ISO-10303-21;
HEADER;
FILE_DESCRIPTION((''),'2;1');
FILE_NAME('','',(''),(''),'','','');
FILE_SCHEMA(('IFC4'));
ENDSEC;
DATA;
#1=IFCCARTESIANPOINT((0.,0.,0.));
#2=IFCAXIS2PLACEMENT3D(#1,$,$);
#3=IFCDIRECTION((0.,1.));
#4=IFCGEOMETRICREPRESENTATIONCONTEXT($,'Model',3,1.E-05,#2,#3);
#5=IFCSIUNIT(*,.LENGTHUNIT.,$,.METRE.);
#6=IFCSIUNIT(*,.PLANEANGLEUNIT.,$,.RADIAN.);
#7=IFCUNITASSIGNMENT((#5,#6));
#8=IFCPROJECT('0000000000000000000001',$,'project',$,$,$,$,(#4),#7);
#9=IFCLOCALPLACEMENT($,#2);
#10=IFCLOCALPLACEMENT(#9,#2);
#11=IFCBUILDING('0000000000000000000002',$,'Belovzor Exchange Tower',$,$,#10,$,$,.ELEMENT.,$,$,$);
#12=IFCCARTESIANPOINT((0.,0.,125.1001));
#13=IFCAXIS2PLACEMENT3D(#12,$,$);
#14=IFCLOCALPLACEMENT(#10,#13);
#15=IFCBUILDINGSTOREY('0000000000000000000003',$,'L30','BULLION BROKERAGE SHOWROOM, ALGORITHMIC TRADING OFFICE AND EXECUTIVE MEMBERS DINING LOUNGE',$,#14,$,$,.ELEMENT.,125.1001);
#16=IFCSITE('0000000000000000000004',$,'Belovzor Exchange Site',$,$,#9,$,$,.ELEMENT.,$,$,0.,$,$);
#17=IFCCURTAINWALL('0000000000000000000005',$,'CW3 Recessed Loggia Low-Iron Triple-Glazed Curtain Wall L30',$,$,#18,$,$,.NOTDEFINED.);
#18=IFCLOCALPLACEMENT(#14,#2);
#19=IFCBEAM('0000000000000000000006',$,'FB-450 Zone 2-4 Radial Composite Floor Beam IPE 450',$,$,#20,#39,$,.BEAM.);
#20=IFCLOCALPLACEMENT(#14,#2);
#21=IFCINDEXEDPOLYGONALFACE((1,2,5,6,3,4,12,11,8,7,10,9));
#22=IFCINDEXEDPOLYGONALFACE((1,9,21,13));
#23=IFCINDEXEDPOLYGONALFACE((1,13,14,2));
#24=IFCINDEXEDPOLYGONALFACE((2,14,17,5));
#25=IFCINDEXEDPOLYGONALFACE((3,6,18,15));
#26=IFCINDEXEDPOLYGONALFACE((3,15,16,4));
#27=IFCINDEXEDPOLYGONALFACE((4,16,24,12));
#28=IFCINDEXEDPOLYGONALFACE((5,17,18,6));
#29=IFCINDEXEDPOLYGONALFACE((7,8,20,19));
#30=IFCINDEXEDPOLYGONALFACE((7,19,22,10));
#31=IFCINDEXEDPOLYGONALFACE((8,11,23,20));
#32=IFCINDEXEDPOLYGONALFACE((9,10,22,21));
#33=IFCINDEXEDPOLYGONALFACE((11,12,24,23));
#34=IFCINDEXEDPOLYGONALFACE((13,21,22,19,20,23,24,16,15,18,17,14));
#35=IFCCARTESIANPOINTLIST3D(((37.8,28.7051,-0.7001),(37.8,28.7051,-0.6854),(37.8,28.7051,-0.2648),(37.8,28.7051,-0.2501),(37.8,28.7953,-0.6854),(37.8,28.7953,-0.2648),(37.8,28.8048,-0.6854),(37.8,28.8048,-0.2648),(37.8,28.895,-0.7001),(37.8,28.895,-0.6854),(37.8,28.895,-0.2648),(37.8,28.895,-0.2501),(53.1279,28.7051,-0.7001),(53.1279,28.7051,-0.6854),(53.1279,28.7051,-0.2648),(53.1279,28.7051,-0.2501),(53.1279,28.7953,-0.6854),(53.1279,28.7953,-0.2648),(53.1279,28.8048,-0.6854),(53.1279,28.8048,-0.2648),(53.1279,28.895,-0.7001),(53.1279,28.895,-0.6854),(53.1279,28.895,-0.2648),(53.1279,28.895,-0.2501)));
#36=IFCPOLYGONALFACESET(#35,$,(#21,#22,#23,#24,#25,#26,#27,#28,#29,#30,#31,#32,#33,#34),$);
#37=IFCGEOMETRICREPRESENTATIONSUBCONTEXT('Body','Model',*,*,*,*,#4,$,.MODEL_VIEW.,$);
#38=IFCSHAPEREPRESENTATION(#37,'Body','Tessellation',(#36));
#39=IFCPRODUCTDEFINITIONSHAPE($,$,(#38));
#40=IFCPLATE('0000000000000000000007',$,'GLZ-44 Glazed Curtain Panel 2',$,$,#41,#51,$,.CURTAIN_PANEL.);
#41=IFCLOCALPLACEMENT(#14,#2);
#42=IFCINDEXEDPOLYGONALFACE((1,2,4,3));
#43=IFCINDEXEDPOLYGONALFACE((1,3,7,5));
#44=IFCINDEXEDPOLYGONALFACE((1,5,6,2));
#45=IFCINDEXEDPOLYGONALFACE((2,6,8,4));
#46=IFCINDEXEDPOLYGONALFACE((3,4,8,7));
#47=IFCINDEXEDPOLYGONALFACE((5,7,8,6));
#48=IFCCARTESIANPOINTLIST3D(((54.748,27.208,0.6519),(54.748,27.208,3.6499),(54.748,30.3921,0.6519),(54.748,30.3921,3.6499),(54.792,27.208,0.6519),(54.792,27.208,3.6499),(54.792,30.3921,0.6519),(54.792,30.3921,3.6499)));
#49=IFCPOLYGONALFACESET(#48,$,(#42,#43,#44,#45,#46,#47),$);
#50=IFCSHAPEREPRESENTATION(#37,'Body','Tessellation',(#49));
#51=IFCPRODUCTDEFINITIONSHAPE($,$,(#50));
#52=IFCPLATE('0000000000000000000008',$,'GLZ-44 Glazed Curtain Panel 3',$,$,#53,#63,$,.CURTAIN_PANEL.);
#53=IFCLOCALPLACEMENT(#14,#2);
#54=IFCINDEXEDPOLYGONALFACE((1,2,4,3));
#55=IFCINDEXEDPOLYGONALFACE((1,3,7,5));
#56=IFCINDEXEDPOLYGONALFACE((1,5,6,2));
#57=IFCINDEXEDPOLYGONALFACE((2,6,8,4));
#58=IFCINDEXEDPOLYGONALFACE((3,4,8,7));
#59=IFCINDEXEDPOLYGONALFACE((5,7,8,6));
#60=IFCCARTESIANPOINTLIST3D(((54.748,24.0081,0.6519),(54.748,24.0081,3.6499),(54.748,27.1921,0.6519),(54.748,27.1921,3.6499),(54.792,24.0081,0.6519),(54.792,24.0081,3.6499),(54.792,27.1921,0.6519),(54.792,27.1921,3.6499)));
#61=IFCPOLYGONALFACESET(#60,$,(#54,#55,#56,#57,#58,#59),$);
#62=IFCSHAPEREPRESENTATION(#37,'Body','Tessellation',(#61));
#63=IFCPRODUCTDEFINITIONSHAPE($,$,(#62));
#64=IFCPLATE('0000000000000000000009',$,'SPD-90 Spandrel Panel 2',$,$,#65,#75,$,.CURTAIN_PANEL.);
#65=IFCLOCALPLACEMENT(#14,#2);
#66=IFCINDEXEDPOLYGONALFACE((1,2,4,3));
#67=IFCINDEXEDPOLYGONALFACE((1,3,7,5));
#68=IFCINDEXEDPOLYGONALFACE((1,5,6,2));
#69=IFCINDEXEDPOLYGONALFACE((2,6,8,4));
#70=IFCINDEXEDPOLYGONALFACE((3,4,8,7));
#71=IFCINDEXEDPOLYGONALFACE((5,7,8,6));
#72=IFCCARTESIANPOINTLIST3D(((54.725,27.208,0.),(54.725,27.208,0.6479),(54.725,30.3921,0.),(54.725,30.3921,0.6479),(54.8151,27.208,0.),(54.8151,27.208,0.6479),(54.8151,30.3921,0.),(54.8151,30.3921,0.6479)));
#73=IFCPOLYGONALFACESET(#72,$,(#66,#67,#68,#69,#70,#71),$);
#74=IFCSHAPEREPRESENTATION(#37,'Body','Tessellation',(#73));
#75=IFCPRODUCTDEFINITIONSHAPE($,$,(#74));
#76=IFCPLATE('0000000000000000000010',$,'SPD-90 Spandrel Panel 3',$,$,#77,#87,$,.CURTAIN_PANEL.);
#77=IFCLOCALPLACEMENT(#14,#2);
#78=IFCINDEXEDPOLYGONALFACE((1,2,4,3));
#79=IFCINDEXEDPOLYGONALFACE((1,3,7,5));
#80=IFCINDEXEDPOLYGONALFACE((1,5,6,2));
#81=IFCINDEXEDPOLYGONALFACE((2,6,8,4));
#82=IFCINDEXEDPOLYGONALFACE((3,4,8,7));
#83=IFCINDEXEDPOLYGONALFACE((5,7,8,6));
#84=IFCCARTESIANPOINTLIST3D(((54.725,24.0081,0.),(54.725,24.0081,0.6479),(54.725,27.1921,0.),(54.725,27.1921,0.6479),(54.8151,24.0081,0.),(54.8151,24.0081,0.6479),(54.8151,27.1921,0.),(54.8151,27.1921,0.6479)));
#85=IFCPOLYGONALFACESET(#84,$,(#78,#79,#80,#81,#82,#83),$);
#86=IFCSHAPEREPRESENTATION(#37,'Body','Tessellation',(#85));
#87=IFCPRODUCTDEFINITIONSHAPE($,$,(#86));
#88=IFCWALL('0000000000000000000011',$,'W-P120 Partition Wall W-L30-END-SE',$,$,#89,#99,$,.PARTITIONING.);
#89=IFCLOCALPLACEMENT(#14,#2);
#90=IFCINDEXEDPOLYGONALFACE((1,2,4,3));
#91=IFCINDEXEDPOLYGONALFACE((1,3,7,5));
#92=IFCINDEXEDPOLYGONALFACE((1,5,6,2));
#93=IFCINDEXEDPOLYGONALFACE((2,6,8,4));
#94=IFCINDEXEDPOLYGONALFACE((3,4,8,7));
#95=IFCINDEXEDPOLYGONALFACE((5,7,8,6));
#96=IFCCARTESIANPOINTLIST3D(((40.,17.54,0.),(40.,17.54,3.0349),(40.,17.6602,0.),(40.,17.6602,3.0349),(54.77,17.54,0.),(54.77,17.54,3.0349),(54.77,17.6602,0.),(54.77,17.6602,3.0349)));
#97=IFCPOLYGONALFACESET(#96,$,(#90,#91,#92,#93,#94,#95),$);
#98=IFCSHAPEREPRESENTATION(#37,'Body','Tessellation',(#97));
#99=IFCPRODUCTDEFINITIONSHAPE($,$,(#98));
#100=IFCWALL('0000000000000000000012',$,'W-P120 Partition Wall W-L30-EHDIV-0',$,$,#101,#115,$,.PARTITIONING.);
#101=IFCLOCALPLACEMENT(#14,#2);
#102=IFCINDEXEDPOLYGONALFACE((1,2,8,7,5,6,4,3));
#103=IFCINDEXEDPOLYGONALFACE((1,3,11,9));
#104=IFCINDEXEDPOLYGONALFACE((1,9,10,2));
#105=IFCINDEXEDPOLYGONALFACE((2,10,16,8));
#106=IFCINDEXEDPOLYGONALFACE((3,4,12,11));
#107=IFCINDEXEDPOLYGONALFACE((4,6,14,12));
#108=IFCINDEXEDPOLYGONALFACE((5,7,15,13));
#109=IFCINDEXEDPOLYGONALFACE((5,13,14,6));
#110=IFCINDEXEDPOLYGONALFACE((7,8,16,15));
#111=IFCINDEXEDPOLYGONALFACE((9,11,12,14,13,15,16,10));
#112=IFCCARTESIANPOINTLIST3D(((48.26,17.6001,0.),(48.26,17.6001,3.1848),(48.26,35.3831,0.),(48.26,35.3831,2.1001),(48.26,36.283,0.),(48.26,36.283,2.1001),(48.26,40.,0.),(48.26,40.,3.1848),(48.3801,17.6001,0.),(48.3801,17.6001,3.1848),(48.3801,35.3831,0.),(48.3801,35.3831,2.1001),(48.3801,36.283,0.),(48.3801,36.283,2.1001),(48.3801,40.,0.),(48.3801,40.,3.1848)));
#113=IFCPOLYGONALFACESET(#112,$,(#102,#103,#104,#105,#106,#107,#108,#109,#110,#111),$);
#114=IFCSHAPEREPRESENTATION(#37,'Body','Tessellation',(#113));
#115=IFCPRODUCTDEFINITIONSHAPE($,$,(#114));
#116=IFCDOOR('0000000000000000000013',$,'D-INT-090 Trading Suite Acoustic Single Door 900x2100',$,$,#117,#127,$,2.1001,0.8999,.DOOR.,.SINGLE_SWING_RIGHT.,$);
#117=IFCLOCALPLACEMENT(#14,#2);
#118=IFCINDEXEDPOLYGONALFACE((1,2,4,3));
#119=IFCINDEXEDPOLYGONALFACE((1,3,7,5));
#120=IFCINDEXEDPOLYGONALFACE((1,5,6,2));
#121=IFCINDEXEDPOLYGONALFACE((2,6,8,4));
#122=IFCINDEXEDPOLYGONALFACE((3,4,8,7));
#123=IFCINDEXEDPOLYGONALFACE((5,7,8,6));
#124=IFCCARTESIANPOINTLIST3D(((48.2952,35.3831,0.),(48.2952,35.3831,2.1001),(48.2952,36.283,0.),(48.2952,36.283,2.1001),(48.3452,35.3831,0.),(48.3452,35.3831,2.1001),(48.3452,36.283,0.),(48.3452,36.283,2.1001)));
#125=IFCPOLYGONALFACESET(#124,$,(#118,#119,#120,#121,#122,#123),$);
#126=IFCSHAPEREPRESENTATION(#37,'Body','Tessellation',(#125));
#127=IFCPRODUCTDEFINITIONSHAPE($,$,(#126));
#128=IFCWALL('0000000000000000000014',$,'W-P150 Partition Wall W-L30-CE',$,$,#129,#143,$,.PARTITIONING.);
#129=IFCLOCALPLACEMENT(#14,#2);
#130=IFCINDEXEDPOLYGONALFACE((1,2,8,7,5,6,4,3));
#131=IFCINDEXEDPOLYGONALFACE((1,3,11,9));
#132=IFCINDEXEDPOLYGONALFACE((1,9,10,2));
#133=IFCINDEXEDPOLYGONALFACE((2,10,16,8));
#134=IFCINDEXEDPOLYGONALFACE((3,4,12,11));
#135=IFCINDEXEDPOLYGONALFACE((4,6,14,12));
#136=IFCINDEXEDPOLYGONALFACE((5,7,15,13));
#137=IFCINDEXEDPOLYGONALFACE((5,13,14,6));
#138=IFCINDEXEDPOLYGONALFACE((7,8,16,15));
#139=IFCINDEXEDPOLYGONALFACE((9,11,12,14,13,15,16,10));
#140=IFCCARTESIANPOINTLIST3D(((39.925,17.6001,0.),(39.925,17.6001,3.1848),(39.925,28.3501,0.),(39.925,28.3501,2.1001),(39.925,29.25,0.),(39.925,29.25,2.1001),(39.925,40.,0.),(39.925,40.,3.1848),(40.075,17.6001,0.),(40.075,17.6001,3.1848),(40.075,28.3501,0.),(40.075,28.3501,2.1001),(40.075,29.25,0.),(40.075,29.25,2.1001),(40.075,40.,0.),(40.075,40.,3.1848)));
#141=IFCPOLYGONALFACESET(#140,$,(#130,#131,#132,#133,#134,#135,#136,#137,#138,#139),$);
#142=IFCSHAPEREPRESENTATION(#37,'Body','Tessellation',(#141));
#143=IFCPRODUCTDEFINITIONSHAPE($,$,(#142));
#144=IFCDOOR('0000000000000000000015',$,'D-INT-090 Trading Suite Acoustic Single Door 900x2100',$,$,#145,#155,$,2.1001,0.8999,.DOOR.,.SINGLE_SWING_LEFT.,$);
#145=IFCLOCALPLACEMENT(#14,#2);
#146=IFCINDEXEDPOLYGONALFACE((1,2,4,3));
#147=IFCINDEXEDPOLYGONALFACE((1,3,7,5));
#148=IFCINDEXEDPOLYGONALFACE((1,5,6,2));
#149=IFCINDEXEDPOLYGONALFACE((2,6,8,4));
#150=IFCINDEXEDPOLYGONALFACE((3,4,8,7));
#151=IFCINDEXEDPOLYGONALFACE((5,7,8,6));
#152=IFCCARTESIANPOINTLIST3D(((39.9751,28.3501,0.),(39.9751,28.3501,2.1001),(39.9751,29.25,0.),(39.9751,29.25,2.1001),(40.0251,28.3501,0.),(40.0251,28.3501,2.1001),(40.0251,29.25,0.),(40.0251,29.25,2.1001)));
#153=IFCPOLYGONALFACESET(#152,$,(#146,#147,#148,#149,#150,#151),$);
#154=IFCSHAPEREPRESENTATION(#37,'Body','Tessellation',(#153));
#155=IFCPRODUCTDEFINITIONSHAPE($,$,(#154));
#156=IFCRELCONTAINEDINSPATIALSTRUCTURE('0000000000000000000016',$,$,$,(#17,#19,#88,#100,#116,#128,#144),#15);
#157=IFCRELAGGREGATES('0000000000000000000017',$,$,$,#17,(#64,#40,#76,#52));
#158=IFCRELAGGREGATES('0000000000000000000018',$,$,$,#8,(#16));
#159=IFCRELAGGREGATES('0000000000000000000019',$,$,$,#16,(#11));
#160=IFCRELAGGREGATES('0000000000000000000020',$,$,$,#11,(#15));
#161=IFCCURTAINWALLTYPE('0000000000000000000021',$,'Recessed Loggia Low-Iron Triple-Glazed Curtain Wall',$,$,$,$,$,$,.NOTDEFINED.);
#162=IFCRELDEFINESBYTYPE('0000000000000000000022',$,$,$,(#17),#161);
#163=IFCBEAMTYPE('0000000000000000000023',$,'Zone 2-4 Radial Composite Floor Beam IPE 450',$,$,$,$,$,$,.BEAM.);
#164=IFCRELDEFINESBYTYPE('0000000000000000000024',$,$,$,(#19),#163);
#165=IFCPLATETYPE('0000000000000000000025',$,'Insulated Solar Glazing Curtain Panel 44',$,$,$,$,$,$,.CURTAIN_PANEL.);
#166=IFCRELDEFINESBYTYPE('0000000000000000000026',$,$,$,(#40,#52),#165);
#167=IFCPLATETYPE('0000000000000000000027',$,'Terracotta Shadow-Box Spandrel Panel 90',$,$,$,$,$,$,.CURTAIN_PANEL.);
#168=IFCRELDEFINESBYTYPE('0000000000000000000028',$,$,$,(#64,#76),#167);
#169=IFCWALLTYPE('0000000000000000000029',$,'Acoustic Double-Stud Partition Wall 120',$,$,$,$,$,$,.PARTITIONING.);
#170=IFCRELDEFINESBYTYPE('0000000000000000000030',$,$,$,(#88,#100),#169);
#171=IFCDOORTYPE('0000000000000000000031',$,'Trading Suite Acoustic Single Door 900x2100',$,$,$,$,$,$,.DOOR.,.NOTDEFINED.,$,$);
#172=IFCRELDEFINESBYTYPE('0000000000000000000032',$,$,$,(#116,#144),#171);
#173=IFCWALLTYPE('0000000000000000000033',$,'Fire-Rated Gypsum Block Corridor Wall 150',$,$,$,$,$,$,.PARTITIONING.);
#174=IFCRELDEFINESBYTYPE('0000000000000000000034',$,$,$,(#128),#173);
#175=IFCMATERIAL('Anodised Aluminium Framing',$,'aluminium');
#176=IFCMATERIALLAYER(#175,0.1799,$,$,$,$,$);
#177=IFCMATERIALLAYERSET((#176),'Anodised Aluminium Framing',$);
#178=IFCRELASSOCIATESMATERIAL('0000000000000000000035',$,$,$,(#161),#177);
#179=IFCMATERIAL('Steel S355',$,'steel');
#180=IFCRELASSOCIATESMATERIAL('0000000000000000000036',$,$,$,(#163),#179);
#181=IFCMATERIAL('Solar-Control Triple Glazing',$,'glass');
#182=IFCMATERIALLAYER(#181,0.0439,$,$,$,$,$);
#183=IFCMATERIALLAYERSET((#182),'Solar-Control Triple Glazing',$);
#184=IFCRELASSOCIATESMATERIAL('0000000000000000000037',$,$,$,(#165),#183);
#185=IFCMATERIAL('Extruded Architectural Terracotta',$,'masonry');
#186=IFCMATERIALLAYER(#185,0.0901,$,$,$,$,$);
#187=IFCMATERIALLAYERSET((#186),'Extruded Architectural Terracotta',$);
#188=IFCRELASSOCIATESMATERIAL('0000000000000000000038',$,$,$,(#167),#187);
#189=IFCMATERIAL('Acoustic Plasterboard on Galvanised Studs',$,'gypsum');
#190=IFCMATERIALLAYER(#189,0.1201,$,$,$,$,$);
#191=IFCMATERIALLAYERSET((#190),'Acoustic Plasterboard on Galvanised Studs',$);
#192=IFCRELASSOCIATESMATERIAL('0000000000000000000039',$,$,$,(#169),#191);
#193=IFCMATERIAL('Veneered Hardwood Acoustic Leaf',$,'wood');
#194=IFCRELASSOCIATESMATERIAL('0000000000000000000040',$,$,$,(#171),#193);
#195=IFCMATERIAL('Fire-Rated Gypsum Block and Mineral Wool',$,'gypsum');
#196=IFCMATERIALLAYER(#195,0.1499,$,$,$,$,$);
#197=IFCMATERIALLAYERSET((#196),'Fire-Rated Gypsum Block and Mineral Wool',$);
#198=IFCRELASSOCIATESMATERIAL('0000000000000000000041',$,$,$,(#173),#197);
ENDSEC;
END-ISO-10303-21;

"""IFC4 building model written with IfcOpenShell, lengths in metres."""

from ifc_helpers import new_model, si_unit, direction, frame, frame_2d, origin, origin_2d, place, context, subcontext, project, spatial, rectangle, i_section, extrude, material, layer, layer_set, material_profile, profile_set, type_object, element, fill, aggregate, save


model = new_model("IFC4")

# Units and contexts
model_context = context("Model", 3, precision=1e-05, world=origin(), true_north=direction((0.0, 1.0)))
body_context = subcontext(model_context, "Body", "Model", "MODEL_VIEW")
ifc_project = project(units=[si_unit("LENGTHUNIT", "METRE"), si_unit("PLANEANGLEUNIT", "RADIAN")], contexts=[model_context])

# Site, building, storey
site_placement = place(None, origin())
site = spatial("IfcSite", under=ifc_project, at=site_placement, Name="Belovzor Exchange Site", CompositionType="ELEMENT", RefElevation=0.0)
building_placement = place(site_placement, origin())
building = spatial("IfcBuilding", under=site, at=building_placement, Name="Belovzor Exchange Tower", CompositionType="ELEMENT")
storey_placement = place(building_placement, frame((0.0, 0.0, 125.1001)))
storey = spatial("IfcBuildingStorey", under=building, at=storey_placement, Name="L30", Description="BULLION BROKERAGE SHOWROOM, ALGORITHMIC TRADING OFFICE AND EXECUTIVE MEMBERS DINING LOUNGE", CompositionType="ELEMENT", Elevation=125.1001)

# Curtain wall
ifc_material_1 = material(Name="Anodised Aluminium Framing", Category="aluminium")
ifc_layer_1 = layer(ifc_material_1, 0.1799)
ifc_layer_set_1 = layer_set([ifc_layer_1], Name="Anodised Aluminium Framing")
curtain_wall_type = type_object("IfcCurtainWallType", Name="Recessed Loggia Low-Iron Triple-Glazed Curtain Wall", PredefinedType="NOTDEFINED", material=ifc_layer_set_1)
curtain_wall_placement = place(storey_placement, origin())
curtain_wall = element("IfcCurtainWall", 1, at=curtain_wall_placement, inside=storey, type_object=curtain_wall_type, Name="CW3 Recessed Loggia Low-Iron Triple-Glazed Curtain Wall L30", PredefinedType="NOTDEFINED")

# Beam
ifc_material_2 = material(Name="Steel S355", Category="steel")
ifc_material_profile_1 = material_profile(ifc_material_2, i_section(OverallWidth=0.1899, OverallDepth=0.45, WebThickness=0.0095, FlangeThickness=0.0146, at=origin_2d()))
ifc_profile_set_1 = profile_set([ifc_material_profile_1], Name="Steel S355")
beam_type_1 = type_object("IfcBeamType", Name="Zone 2-4 Radial Composite Floor Beam IPE 450", PredefinedType="BEAM", material=ifc_profile_set_1)
beam_1_placement = place(storey_placement, frame((37.8, 28.8, -0.4751), z_axis=(1.0, 0.0, 0.0), x_axis=(0.0, 1.0, 0.0)))
element("IfcBeam", 2, at=beam_1_placement, inside=storey, type_object=beam_type_1, Name="FB-450 Zone 2-4 Radial Composite Floor Beam IPE 450", PredefinedType="BEAM", context=body_context, shape_type="SweptSolid", body=[
    extrude(i_section(OverallWidth=0.1899, OverallDepth=0.45, WebThickness=0.0095, FlangeThickness=0.0146, at=origin_2d()), origin(), (0.0, 0.0, 1.0), 15.3279),
])

# Plates
ifc_material_3 = material(Name="Solar-Control Triple Glazing", Category="glass")
ifc_layer_2 = layer(ifc_material_3, 0.0439)
ifc_layer_set_2 = layer_set([ifc_layer_2], Name="Solar-Control Triple Glazing")
plate_type_1 = type_object("IfcPlateType", Name="Insulated Solar Glazing Curtain Panel 44", PredefinedType="CURTAIN_PANEL", material=ifc_layer_set_2)
plate_1_placement = place(storey_placement, frame((54.77, 28.8, 0.6519), z_axis=(0.0, 0.0, 1.0), x_axis=(0.0, -1.0, 0.0)))
plate_1 = element("IfcPlate", 3, at=plate_1_placement, type_object=plate_type_1, Name="GLZ-44 Glazed Curtain Panel 2", PredefinedType="CURTAIN_PANEL", context=body_context, shape_type="SweptSolid", body=[
    extrude(rectangle(XDim=3.1841, YDim=0.0439, at=origin_2d()), origin(), (0.0, 0.0, 1.0), 2.998),
])
plate_2_placement = place(storey_placement, frame((54.77, 25.6001, 0.6519), z_axis=(0.0, 0.0, 1.0), x_axis=(0.0, -1.0, 0.0)))
plate_2 = element("IfcPlate", 4, at=plate_2_placement, type_object=plate_type_1, Name="GLZ-44 Glazed Curtain Panel 3", PredefinedType="CURTAIN_PANEL", context=body_context, shape_type="SweptSolid", body=[
    extrude(rectangle(XDim=3.1841, YDim=0.0439, at=origin_2d()), origin(), (0.0, 0.0, 1.0), 2.998),
])
ifc_material_4 = material(Name="Extruded Architectural Terracotta", Category="masonry")
ifc_layer_3 = layer(ifc_material_4, 0.0901)
ifc_layer_set_3 = layer_set([ifc_layer_3], Name="Extruded Architectural Terracotta")
plate_type_2 = type_object("IfcPlateType", Name="Terracotta Shadow-Box Spandrel Panel 90", PredefinedType="CURTAIN_PANEL", material=ifc_layer_set_3)
plate_3_placement = place(storey_placement, frame((54.77, 28.8, 0.0), z_axis=(0.0, 0.0, 1.0), x_axis=(0.0, -1.0, 0.0)))
plate_3 = element("IfcPlate", 5, at=plate_3_placement, type_object=plate_type_2, Name="SPD-90 Spandrel Panel 2", PredefinedType="CURTAIN_PANEL", context=body_context, shape_type="SweptSolid", body=[
    extrude(rectangle(XDim=3.1841, YDim=0.0901, at=origin_2d()), origin(), (0.0, 0.0, 1.0), 0.6479),
])
plate_4_placement = place(storey_placement, frame((54.77, 25.6001, 0.0), z_axis=(0.0, 0.0, 1.0), x_axis=(0.0, -1.0, 0.0)))
plate_4 = element("IfcPlate", 6, at=plate_4_placement, type_object=plate_type_2, Name="SPD-90 Spandrel Panel 3", PredefinedType="CURTAIN_PANEL", context=body_context, shape_type="SweptSolid", body=[
    extrude(rectangle(XDim=3.1841, YDim=0.0901, at=origin_2d()), origin(), (0.0, 0.0, 1.0), 0.6479),
])
aggregate(curtain_wall, [plate_3, plate_1, plate_4, plate_2])

# Wall
ifc_material_5 = material(Name="Acoustic Plasterboard on Galvanised Studs", Category="gypsum")
ifc_layer_4 = layer(ifc_material_5, 0.1201)
ifc_layer_set_4 = layer_set([ifc_layer_4], Name="Acoustic Plasterboard on Galvanised Studs")
wall_type_1 = type_object("IfcWallType", Name="Acoustic Double-Stud Partition Wall 120", PredefinedType="PARTITIONING", material=ifc_layer_set_4)
wall_1_placement = place(storey_placement, frame((40.0, 17.6001, 0.0), z_axis=(0.0, 0.0, 1.0), x_axis=(1.0, 0.0, 0.0)))
element("IfcWall", 7, at=wall_1_placement, inside=storey, type_object=wall_type_1, Name="W-P120 Partition Wall W-L30-END-SE", PredefinedType="PARTITIONING", context=body_context, shape_type="SweptSolid", body=[
    extrude(rectangle(XDim=14.77, YDim=0.1201, at=frame_2d((7.385, 0.0))), origin(), (0.0, 0.0, 1.0), 3.0349),
])

# Walls, openings, doors
wall_2_placement = place(storey_placement, frame((48.3201, 17.6001, 0.0), z_axis=(0.0, 0.0, 1.0), x_axis=(0.0, 1.0, 0.0)))
wall_2 = element("IfcWall", 8, at=wall_2_placement, inside=storey, type_object=wall_type_1, Name="W-P120 Partition Wall W-L30-EHDIV-0", PredefinedType="PARTITIONING", context=body_context, shape_type="SweptSolid", body=[
    extrude(rectangle(XDim=22.3999, YDim=0.1201, at=frame_2d((11.2, 0.0))), origin(), (0.0, 0.0, 1.0), 3.1848),
])
opening_1_placement = place(wall_2_placement, frame((17.783, 0.0, 0.0)))
opening_1 = element("IfcOpeningElement", 9, at=opening_1_placement, cuts=wall_2, PredefinedType="OPENING", context=body_context, shape_type="SweptSolid", body=[
    extrude(rectangle(XDim=0.8999, YDim=2.1001, at=frame_2d((0.45, 1.05))), frame((0.0, 0.0701, 0.0), z_axis=(0.0, -1.0, 0.0), x_axis=(1.0, 0.0, 0.0)), (0.0, 0.0, 1.0), 0.1401),
])
ifc_material_6 = material(Name="Veneered Hardwood Acoustic Leaf", Category="wood")
door_type_1 = type_object("IfcDoorType", Name="Trading Suite Acoustic Single Door 900x2100", OperationType="NOTDEFINED", PredefinedType="DOOR", material=ifc_material_6)
door_1_placement = place(opening_1_placement, origin())
door_1 = element("IfcDoor", 10, at=door_1_placement, inside=storey, type_object=door_type_1, Name="D-INT-090 Trading Suite Acoustic Single Door 900x2100", OperationType="SINGLE_SWING_RIGHT", OverallHeight=2.1001, OverallWidth=0.8999, PredefinedType="DOOR", context=body_context, shape_type="SweptSolid", body=[
    extrude(rectangle(XDim=0.8999, YDim=2.1001, at=frame_2d((0.45, 1.05))), frame((0.0, 0.0249, 0.0), z_axis=(0.0, -1.0, 0.0), x_axis=(1.0, 0.0, 0.0)), (0.0, 0.0, 1.0), 0.05),
])
fill(opening_1, door_1)
ifc_material_7 = material(Name="Fire-Rated Gypsum Block and Mineral Wool", Category="gypsum")
ifc_layer_5 = layer(ifc_material_7, 0.1499)
ifc_layer_set_5 = layer_set([ifc_layer_5], Name="Fire-Rated Gypsum Block and Mineral Wool")
wall_type_2 = type_object("IfcWallType", Name="Fire-Rated Gypsum Block Corridor Wall 150", PredefinedType="PARTITIONING", material=ifc_layer_set_5)
wall_3_placement = place(storey_placement, frame((40.0, 17.6001, 0.0), z_axis=(0.0, 0.0, 1.0), x_axis=(0.0, 1.0, 0.0)))
wall_3 = element("IfcWall", 11, at=wall_3_placement, inside=storey, type_object=wall_type_2, Name="W-P150 Partition Wall W-L30-CE", PredefinedType="PARTITIONING", context=body_context, shape_type="SweptSolid", body=[
    extrude(rectangle(XDim=22.3999, YDim=0.1499, at=frame_2d((11.2, 0.0))), origin(), (0.0, 0.0, 1.0), 3.1848),
])
opening_2_placement = place(wall_3_placement, frame((10.75, 0.0, 0.0)))
opening_2 = element("IfcOpeningElement", 12, at=opening_2_placement, cuts=wall_3, PredefinedType="OPENING", context=body_context, shape_type="SweptSolid", body=[
    extrude(rectangle(XDim=0.8999, YDim=2.1001, at=frame_2d((0.45, 1.05))), frame((0.0, 0.085, 0.0), z_axis=(0.0, -1.0, 0.0), x_axis=(1.0, 0.0, 0.0)), (0.0, 0.0, 1.0), 0.1699),
])
door_2_placement = place(opening_2_placement, origin())
door_2 = element("IfcDoor", 13, at=door_2_placement, inside=storey, type_object=door_type_1, Name="D-INT-090 Trading Suite Acoustic Single Door 900x2100", OperationType="SINGLE_SWING_LEFT", OverallHeight=2.1001, OverallWidth=0.8999, PredefinedType="DOOR", context=body_context, shape_type="SweptSolid", body=[
    extrude(rectangle(XDim=0.8999, YDim=2.1001, at=frame_2d((0.45, 1.05))), frame((0.0, 0.0249, 0.0), z_axis=(0.0, -1.0, 0.0), x_axis=(1.0, 0.0, 0.0)), (0.0, 0.0, 1.0), 0.05),
])
fill(opening_2, door_2)

save(model, "model.ifc")
